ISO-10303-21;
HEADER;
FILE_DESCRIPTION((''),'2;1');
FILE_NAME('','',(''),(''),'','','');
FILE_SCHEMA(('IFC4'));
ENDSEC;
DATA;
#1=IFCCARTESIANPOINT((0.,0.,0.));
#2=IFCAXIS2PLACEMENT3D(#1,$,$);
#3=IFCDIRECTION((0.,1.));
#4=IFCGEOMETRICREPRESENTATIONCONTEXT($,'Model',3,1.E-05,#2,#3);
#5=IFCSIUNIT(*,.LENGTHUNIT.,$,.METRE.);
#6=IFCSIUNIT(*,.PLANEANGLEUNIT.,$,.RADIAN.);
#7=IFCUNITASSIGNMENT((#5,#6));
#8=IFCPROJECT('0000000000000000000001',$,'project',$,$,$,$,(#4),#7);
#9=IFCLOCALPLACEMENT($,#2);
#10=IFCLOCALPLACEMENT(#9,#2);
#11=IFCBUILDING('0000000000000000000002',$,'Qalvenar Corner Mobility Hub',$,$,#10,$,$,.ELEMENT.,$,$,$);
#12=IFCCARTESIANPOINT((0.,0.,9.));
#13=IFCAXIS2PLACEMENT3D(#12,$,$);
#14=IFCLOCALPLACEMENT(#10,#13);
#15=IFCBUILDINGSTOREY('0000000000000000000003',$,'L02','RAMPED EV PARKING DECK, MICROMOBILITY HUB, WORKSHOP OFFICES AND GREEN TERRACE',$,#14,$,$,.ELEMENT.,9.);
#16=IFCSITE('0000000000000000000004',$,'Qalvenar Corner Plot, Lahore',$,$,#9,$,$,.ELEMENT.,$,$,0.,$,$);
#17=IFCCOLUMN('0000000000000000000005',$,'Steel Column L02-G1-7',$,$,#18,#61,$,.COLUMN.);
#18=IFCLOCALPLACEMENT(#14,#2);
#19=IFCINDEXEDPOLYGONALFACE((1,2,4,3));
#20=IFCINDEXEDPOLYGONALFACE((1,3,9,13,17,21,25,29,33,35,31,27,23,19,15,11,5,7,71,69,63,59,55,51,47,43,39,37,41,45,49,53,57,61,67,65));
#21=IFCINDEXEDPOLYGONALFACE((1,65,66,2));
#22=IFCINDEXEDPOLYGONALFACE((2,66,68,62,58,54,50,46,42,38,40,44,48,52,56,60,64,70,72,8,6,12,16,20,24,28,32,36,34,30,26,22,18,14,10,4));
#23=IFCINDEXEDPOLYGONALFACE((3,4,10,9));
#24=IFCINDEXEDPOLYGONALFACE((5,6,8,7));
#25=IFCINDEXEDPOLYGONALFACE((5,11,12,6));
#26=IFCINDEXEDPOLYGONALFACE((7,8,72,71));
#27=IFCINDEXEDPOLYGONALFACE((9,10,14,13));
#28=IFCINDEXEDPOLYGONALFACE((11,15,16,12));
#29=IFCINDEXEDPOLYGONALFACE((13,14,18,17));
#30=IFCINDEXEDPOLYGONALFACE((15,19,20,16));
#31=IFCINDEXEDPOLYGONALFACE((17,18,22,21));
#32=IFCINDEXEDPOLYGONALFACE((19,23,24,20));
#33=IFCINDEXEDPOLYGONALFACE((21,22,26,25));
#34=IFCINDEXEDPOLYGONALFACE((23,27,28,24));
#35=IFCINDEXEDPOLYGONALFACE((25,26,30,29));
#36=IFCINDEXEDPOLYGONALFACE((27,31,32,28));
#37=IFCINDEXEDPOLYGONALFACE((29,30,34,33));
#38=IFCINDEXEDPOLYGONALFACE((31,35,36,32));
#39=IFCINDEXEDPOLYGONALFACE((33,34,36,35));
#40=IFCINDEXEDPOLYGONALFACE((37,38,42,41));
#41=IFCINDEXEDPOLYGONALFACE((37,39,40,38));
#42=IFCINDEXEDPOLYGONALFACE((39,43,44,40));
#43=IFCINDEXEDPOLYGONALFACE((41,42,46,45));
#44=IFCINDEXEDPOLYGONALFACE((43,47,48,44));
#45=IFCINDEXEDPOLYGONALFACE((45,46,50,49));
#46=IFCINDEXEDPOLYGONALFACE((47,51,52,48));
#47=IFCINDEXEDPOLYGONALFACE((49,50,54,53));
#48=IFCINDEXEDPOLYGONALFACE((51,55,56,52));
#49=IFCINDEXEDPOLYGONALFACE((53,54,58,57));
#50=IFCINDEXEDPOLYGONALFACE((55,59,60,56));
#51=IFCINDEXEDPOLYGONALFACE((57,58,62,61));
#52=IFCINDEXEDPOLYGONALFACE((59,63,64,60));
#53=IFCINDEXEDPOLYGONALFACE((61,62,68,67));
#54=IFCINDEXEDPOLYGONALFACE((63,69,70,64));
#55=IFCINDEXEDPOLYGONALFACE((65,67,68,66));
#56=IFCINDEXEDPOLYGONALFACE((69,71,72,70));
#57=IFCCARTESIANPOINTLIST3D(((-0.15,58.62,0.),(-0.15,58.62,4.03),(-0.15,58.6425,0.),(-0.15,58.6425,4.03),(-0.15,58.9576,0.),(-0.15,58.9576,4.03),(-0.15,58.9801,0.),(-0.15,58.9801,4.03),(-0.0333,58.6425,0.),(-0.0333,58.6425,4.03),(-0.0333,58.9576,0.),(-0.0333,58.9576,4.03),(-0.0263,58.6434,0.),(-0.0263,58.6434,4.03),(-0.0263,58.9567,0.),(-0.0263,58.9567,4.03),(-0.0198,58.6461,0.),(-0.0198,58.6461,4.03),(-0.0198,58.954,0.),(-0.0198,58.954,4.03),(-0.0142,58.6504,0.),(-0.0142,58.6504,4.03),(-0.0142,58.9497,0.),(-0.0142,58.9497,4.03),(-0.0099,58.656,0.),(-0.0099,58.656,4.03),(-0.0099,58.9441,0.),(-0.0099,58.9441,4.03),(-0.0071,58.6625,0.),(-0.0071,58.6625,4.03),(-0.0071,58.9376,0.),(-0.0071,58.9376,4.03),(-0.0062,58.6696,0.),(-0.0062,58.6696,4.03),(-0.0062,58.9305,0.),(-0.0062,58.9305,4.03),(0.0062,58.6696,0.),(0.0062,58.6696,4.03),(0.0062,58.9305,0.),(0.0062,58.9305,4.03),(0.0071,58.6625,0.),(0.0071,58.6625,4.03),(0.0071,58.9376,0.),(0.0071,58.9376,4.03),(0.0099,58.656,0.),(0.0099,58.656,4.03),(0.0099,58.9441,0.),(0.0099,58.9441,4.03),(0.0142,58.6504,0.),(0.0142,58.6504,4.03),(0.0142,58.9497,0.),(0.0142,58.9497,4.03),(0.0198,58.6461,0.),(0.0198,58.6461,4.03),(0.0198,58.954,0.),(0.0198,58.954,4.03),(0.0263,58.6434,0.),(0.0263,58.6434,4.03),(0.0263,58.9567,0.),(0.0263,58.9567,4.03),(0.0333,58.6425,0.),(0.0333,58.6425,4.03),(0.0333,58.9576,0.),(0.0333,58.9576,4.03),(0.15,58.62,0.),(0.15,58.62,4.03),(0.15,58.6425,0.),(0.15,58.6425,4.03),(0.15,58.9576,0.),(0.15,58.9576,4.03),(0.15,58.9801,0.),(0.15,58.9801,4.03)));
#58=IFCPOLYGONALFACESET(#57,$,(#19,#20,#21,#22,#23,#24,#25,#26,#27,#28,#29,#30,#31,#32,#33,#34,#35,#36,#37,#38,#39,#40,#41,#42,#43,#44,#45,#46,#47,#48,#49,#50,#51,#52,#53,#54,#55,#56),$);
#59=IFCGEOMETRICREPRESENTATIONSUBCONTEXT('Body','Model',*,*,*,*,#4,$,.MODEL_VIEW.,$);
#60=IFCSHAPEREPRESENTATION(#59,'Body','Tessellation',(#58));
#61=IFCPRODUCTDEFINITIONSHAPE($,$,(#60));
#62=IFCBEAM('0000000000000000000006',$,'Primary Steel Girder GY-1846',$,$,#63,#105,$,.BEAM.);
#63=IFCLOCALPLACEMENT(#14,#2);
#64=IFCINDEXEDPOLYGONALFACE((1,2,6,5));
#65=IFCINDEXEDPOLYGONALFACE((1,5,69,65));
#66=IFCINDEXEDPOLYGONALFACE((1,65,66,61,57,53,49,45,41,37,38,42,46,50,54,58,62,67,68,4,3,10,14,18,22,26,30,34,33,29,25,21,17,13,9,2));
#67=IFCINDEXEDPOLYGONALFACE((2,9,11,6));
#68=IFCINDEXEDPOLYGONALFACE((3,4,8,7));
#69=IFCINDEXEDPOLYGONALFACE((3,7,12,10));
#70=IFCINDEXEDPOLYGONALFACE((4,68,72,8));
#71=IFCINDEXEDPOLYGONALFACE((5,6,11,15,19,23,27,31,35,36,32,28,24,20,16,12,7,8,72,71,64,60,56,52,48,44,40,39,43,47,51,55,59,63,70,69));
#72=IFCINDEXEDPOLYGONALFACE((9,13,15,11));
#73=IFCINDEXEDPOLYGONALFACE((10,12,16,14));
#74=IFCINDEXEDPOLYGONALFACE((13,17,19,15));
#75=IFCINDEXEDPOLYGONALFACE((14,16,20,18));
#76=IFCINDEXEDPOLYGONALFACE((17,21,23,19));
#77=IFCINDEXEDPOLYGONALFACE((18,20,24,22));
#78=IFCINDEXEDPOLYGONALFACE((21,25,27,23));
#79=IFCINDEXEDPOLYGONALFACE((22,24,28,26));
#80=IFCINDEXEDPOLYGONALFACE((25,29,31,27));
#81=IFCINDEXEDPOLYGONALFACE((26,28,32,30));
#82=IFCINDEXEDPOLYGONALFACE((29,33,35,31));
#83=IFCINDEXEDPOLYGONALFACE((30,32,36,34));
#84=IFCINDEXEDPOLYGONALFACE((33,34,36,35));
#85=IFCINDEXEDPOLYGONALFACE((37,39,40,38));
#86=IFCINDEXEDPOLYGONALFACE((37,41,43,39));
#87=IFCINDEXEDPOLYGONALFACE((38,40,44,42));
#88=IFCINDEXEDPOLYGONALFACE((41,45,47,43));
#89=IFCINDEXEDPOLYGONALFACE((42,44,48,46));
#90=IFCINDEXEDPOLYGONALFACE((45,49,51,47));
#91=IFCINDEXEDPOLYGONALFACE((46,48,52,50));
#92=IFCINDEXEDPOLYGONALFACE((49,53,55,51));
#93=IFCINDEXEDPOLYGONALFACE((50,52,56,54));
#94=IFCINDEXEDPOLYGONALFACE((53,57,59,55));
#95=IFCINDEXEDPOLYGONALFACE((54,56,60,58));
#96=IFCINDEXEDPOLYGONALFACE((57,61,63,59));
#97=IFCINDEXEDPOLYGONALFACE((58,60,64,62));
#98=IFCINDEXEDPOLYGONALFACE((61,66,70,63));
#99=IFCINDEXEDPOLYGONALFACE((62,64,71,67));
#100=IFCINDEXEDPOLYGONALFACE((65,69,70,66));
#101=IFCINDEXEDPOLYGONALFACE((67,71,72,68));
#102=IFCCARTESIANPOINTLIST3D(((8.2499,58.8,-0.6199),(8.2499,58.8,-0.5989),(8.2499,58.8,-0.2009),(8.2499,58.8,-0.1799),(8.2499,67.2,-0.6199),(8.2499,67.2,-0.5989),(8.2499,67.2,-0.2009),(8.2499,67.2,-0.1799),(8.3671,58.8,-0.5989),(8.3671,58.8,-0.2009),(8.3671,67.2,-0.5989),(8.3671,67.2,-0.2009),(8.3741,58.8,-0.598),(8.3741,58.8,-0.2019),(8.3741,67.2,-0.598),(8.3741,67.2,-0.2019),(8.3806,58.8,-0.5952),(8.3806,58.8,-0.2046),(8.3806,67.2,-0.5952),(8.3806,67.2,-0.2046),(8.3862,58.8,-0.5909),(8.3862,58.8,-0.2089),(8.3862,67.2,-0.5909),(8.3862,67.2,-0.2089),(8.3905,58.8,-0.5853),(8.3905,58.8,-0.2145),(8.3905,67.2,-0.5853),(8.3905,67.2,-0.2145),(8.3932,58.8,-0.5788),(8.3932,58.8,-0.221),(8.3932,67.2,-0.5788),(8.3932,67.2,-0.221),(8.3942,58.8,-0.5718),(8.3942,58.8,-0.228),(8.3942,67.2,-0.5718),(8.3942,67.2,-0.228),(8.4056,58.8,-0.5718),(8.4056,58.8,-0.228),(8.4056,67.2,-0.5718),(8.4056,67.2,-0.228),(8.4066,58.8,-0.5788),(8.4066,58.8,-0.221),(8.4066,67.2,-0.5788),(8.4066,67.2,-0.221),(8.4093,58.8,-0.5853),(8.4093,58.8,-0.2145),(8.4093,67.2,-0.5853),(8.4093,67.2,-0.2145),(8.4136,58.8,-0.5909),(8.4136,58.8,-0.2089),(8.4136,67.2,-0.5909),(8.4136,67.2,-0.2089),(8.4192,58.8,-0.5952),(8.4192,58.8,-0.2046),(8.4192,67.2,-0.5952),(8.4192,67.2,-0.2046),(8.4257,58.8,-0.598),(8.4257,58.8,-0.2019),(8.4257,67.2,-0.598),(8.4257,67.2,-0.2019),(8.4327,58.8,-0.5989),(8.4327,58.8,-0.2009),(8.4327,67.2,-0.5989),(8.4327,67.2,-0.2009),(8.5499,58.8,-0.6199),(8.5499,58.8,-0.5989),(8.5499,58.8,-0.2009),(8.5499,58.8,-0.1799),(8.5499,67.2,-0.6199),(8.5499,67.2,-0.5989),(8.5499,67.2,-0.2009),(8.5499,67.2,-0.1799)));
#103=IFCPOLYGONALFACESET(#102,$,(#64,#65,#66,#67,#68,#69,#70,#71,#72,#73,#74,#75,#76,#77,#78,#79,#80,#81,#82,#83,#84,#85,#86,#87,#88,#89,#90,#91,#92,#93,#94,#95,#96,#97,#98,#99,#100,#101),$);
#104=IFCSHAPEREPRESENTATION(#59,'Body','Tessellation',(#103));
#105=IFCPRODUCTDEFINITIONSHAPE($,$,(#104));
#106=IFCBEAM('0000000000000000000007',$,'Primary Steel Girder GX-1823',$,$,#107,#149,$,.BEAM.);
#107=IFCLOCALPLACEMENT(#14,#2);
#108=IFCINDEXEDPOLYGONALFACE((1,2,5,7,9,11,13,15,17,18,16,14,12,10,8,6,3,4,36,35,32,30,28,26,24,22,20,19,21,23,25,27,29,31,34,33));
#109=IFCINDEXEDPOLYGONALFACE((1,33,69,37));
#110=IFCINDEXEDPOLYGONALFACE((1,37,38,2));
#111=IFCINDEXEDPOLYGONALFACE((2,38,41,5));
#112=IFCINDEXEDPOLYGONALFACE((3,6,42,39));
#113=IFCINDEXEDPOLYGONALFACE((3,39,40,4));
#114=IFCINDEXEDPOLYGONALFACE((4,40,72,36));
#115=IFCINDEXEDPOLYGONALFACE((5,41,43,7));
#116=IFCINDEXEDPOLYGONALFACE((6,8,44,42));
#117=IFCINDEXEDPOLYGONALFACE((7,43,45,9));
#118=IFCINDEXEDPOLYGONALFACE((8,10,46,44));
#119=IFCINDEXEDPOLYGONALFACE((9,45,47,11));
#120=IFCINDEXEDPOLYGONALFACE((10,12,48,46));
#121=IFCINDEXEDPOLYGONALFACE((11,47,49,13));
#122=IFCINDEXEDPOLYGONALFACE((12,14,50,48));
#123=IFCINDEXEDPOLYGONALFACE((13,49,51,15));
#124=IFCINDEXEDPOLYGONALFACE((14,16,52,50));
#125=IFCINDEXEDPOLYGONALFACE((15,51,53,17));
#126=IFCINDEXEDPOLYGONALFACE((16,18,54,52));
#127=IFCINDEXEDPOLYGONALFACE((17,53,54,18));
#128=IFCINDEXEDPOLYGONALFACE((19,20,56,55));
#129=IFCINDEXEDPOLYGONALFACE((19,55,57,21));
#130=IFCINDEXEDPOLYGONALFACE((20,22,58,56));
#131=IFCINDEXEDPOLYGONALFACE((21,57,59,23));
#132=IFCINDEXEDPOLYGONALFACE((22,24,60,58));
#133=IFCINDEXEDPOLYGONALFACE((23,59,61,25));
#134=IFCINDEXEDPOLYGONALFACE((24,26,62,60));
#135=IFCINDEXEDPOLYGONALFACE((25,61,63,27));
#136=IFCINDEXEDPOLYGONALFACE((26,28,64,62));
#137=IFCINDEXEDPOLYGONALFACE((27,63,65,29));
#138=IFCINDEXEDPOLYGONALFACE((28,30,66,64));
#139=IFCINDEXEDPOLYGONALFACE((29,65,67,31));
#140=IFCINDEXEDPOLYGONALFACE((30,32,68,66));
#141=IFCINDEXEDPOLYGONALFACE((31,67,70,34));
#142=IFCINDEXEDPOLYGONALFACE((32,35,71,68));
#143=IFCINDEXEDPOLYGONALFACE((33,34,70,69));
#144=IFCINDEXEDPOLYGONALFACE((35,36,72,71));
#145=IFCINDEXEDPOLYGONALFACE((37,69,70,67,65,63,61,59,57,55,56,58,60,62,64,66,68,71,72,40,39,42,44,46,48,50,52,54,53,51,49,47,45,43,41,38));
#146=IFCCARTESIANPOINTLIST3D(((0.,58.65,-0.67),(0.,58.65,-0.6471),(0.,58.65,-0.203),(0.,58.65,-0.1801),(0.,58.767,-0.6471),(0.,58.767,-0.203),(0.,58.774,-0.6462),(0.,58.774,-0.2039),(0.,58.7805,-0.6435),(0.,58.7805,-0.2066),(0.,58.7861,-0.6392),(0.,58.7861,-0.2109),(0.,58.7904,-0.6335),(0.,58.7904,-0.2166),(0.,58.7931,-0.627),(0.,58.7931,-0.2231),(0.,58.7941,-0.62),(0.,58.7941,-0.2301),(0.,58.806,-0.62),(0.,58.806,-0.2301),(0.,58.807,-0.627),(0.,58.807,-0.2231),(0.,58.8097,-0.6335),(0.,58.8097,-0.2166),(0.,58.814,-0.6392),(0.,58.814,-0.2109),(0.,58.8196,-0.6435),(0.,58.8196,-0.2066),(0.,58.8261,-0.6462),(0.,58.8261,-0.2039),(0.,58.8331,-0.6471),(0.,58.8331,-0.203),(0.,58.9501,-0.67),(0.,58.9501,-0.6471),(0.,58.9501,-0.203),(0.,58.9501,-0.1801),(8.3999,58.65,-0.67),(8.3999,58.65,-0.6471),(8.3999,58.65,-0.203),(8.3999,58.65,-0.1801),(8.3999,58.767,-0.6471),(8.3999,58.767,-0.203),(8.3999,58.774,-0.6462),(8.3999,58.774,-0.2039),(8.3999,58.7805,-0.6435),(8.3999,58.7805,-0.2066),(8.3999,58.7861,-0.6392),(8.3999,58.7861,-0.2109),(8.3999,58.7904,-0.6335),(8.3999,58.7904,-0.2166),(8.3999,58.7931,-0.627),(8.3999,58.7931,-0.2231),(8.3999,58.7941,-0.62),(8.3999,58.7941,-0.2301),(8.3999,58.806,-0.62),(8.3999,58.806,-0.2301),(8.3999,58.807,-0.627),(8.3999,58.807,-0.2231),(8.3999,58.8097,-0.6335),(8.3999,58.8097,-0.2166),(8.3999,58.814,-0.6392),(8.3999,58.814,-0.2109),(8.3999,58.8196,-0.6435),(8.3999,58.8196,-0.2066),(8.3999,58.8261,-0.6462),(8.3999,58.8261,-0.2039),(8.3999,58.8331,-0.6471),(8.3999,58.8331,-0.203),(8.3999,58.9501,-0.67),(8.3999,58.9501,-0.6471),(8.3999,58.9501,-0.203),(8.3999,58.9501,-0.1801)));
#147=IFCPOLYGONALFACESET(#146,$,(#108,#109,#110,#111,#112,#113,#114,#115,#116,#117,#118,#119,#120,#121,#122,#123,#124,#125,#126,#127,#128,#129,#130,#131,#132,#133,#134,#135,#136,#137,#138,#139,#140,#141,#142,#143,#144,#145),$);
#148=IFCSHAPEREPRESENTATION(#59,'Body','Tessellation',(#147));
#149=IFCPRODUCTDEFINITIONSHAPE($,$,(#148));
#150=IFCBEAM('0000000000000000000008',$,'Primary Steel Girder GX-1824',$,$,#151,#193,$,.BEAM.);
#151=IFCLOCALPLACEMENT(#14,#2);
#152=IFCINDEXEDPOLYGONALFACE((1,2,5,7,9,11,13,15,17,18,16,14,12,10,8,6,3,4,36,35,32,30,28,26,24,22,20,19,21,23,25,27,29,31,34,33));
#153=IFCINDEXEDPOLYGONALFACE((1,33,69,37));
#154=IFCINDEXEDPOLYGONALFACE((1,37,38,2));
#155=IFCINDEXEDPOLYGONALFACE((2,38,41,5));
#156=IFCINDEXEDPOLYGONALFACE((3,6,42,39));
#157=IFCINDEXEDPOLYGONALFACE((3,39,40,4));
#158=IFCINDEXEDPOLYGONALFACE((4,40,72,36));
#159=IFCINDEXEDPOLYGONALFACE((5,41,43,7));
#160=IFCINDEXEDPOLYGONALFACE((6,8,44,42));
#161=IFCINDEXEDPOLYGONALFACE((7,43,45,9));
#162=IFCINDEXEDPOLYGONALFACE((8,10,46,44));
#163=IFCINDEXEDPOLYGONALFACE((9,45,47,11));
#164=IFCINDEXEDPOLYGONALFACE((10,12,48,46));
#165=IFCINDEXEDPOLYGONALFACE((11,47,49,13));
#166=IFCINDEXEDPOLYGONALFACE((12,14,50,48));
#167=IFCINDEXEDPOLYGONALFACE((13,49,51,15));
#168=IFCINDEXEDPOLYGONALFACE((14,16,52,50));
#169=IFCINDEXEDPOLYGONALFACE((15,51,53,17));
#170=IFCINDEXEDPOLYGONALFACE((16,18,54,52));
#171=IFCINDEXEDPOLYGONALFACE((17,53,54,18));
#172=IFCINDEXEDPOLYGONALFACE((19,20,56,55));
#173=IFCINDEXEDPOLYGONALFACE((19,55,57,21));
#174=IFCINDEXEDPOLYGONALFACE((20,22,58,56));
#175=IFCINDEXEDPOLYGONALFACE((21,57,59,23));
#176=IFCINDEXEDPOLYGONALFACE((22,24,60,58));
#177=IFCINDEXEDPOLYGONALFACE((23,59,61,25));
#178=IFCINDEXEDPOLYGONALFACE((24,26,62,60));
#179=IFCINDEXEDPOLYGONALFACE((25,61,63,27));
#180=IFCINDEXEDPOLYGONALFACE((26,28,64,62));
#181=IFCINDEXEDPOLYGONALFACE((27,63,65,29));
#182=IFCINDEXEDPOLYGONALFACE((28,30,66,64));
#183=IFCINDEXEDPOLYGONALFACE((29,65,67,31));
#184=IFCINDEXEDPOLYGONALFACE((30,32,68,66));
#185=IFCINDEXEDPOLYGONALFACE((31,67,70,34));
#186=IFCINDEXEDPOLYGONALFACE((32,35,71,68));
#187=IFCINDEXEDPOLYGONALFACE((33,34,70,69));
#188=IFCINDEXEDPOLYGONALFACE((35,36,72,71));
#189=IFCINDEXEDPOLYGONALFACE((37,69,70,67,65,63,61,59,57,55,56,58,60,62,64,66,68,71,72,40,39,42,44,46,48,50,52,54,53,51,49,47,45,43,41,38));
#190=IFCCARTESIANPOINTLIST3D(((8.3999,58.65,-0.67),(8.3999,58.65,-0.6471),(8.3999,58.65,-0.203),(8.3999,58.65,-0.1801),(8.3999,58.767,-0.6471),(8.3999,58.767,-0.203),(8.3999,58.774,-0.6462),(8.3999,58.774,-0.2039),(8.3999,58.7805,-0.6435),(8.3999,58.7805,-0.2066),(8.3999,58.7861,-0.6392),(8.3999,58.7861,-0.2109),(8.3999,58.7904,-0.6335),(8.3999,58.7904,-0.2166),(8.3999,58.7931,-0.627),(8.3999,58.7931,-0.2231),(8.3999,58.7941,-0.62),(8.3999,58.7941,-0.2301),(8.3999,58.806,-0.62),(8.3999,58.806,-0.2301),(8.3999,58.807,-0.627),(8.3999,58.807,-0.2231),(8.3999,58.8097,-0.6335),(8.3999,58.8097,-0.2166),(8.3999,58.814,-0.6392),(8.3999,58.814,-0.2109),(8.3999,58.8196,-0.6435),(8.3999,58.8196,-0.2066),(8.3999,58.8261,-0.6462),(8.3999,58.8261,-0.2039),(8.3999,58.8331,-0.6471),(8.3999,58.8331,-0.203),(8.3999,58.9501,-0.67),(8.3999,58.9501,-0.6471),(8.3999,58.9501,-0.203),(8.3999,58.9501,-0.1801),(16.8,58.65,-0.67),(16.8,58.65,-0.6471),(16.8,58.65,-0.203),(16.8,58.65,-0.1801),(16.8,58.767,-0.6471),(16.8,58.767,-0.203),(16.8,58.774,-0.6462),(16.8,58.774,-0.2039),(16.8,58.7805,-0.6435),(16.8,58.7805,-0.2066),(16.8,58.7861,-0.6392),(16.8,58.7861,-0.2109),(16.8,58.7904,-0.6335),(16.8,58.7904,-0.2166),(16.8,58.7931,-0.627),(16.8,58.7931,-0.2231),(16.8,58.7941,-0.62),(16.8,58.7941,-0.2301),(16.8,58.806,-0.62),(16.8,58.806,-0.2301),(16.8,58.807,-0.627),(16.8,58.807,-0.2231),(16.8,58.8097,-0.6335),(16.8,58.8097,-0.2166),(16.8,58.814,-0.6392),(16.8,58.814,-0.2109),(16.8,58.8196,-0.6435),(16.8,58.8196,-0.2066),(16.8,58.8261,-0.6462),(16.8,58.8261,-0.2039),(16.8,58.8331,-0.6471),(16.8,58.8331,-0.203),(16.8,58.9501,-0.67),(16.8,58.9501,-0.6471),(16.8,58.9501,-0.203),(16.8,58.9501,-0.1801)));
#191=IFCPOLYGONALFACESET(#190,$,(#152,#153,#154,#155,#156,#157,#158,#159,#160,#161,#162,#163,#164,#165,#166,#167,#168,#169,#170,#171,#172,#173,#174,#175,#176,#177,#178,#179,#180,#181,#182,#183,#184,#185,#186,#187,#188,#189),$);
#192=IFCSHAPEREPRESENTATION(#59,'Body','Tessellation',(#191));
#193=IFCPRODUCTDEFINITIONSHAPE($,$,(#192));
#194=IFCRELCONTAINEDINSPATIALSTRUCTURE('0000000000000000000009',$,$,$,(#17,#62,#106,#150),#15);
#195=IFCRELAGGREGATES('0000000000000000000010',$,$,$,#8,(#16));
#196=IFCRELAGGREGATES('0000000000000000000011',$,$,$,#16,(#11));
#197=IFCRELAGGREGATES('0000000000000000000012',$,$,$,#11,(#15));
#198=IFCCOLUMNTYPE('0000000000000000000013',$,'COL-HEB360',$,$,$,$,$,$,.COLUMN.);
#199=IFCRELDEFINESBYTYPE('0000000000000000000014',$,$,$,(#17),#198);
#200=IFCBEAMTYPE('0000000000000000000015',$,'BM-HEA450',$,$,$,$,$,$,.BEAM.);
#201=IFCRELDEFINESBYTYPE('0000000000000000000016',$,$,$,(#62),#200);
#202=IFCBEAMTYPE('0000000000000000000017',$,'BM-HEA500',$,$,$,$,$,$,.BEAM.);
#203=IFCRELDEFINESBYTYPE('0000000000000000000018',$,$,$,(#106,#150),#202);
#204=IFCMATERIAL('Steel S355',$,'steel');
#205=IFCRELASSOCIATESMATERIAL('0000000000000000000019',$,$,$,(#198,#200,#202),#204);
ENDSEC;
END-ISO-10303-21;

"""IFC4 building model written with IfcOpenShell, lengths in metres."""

from ifc_helpers import new_model, si_unit, direction, frame, origin, origin_2d, place, context, subcontext, project, spatial, i_section, extrude, material, material_profile, profile_set, type_object, element, save


model = new_model("IFC4")

# Units and contexts
model_context = context("Model", 3, precision=1e-05, world=origin(), true_north=direction((0.0, 1.0)))
body_context = subcontext(model_context, "Body", "Model", "MODEL_VIEW")
ifc_project = project(units=[si_unit("LENGTHUNIT", "METRE"), si_unit("PLANEANGLEUNIT", "RADIAN")], contexts=[model_context])

# Site, building, storey
site_placement = place(None, origin())
site = spatial("IfcSite", under=ifc_project, at=site_placement, Name="Qalvenar Corner Plot, Lahore", CompositionType="ELEMENT", RefElevation=0.0)
building_placement = place(site_placement, origin())
building = spatial("IfcBuilding", under=site, at=building_placement, Name="Qalvenar Corner Mobility Hub", CompositionType="ELEMENT")
storey_placement = place(building_placement, frame((0.0, 0.0, 9.0)))
storey = spatial("IfcBuildingStorey", under=building, at=storey_placement, Name="L02", Description="RAMPED EV PARKING DECK, MICROMOBILITY HUB, WORKSHOP OFFICES AND GREEN TERRACE", CompositionType="ELEMENT", Elevation=9.0)

# Column
ifc_material_1 = material(Name="Steel S355", Category="steel")
ifc_material_profile_1 = material_profile(ifc_material_1, i_section(OverallWidth=0.3, OverallDepth=0.3601, WebThickness=0.0125, FlangeThickness=0.0225, FilletRadius=0.0271, at=origin_2d()), Name="HEB360")
ifc_profile_set_1 = profile_set([ifc_material_profile_1], Name="Steel S355")
column_type = type_object("IfcColumnType", Name="COL-HEB360", PredefinedType="COLUMN", material=ifc_profile_set_1)
column_placement = place(storey_placement, frame((0.0, 58.8, 0.0), z_axis=(0.0, 0.0, 1.0), x_axis=(1.0, 0.0, 0.0)))
element("IfcColumn", 1, at=column_placement, inside=storey, type_object=column_type, Name="Steel Column L02-G1-7", PredefinedType="COLUMN", context=body_context, shape_type="SweptSolid", body=[
    extrude(i_section(OverallWidth=0.3, OverallDepth=0.3601, WebThickness=0.0125, FlangeThickness=0.0225, FilletRadius=0.0271, at=origin_2d()), origin(), (0.0, 0.0, 1.0), 4.03),
])

# Beams
ifc_material_profile_2 = material_profile(ifc_material_1, i_section(OverallWidth=0.3, OverallDepth=0.4399, WebThickness=0.0115, FlangeThickness=0.021, FilletRadius=0.0271, at=origin_2d()), Name="HEA450")
ifc_profile_set_2 = profile_set([ifc_material_profile_2], Name="Steel S355")
beam_type_1 = type_object("IfcBeamType", Name="BM-HEA450", PredefinedType="BEAM", material=ifc_profile_set_2)
beam_1_placement = place(storey_placement, frame((8.3999, 58.8, -0.3999), z_axis=(0.0, 1.0, 0.0), x_axis=(-1.0, 0.0, 0.0)))
element("IfcBeam", 2, at=beam_1_placement, inside=storey, type_object=beam_type_1, Name="Primary Steel Girder GY-1846", PredefinedType="BEAM", context=body_context, shape_type="SweptSolid", body=[
    extrude(i_section(OverallWidth=0.3, OverallDepth=0.4399, WebThickness=0.0115, FlangeThickness=0.021, FilletRadius=0.0271, at=origin_2d()), origin(), (0.0, 0.0, 1.0), 8.3999),
])
ifc_material_profile_3 = material_profile(ifc_material_1, i_section(OverallWidth=0.3, OverallDepth=0.49, WebThickness=0.012, FlangeThickness=0.0229, FilletRadius=0.0271, at=origin_2d()), Name="HEA500")
ifc_profile_set_3 = profile_set([ifc_material_profile_3], Name="Steel S355")
beam_type_2 = type_object("IfcBeamType", Name="BM-HEA500", PredefinedType="BEAM", material=ifc_profile_set_3)
beam_2_placement = place(storey_placement, frame((0.0, 58.8, -0.425), z_axis=(1.0, 0.0, 0.0), x_axis=(0.0, 1.0, 0.0)))
element("IfcBeam", 3, at=beam_2_placement, inside=storey, type_object=beam_type_2, Name="Primary Steel Girder GX-1823", PredefinedType="BEAM", context=body_context, shape_type="SweptSolid", body=[
    extrude(i_section(OverallWidth=0.3, OverallDepth=0.49, WebThickness=0.012, FlangeThickness=0.0229, FilletRadius=0.0271, at=origin_2d()), origin(), (0.0, 0.0, 1.0), 8.3999),
])
beam_3_placement = place(storey_placement, frame((8.3999, 58.8, -0.425), z_axis=(1.0, 0.0, 0.0), x_axis=(0.0, 1.0, 0.0)))
element("IfcBeam", 4, at=beam_3_placement, inside=storey, type_object=beam_type_2, Name="Primary Steel Girder GX-1824", PredefinedType="BEAM", context=body_context, shape_type="SweptSolid", body=[
    extrude(i_section(OverallWidth=0.3, OverallDepth=0.49, WebThickness=0.012, FlangeThickness=0.0229, FilletRadius=0.0271, at=origin_2d()), origin(), (0.0, 0.0, 1.0), 8.4001),
])

save(model, "model.ifc")
